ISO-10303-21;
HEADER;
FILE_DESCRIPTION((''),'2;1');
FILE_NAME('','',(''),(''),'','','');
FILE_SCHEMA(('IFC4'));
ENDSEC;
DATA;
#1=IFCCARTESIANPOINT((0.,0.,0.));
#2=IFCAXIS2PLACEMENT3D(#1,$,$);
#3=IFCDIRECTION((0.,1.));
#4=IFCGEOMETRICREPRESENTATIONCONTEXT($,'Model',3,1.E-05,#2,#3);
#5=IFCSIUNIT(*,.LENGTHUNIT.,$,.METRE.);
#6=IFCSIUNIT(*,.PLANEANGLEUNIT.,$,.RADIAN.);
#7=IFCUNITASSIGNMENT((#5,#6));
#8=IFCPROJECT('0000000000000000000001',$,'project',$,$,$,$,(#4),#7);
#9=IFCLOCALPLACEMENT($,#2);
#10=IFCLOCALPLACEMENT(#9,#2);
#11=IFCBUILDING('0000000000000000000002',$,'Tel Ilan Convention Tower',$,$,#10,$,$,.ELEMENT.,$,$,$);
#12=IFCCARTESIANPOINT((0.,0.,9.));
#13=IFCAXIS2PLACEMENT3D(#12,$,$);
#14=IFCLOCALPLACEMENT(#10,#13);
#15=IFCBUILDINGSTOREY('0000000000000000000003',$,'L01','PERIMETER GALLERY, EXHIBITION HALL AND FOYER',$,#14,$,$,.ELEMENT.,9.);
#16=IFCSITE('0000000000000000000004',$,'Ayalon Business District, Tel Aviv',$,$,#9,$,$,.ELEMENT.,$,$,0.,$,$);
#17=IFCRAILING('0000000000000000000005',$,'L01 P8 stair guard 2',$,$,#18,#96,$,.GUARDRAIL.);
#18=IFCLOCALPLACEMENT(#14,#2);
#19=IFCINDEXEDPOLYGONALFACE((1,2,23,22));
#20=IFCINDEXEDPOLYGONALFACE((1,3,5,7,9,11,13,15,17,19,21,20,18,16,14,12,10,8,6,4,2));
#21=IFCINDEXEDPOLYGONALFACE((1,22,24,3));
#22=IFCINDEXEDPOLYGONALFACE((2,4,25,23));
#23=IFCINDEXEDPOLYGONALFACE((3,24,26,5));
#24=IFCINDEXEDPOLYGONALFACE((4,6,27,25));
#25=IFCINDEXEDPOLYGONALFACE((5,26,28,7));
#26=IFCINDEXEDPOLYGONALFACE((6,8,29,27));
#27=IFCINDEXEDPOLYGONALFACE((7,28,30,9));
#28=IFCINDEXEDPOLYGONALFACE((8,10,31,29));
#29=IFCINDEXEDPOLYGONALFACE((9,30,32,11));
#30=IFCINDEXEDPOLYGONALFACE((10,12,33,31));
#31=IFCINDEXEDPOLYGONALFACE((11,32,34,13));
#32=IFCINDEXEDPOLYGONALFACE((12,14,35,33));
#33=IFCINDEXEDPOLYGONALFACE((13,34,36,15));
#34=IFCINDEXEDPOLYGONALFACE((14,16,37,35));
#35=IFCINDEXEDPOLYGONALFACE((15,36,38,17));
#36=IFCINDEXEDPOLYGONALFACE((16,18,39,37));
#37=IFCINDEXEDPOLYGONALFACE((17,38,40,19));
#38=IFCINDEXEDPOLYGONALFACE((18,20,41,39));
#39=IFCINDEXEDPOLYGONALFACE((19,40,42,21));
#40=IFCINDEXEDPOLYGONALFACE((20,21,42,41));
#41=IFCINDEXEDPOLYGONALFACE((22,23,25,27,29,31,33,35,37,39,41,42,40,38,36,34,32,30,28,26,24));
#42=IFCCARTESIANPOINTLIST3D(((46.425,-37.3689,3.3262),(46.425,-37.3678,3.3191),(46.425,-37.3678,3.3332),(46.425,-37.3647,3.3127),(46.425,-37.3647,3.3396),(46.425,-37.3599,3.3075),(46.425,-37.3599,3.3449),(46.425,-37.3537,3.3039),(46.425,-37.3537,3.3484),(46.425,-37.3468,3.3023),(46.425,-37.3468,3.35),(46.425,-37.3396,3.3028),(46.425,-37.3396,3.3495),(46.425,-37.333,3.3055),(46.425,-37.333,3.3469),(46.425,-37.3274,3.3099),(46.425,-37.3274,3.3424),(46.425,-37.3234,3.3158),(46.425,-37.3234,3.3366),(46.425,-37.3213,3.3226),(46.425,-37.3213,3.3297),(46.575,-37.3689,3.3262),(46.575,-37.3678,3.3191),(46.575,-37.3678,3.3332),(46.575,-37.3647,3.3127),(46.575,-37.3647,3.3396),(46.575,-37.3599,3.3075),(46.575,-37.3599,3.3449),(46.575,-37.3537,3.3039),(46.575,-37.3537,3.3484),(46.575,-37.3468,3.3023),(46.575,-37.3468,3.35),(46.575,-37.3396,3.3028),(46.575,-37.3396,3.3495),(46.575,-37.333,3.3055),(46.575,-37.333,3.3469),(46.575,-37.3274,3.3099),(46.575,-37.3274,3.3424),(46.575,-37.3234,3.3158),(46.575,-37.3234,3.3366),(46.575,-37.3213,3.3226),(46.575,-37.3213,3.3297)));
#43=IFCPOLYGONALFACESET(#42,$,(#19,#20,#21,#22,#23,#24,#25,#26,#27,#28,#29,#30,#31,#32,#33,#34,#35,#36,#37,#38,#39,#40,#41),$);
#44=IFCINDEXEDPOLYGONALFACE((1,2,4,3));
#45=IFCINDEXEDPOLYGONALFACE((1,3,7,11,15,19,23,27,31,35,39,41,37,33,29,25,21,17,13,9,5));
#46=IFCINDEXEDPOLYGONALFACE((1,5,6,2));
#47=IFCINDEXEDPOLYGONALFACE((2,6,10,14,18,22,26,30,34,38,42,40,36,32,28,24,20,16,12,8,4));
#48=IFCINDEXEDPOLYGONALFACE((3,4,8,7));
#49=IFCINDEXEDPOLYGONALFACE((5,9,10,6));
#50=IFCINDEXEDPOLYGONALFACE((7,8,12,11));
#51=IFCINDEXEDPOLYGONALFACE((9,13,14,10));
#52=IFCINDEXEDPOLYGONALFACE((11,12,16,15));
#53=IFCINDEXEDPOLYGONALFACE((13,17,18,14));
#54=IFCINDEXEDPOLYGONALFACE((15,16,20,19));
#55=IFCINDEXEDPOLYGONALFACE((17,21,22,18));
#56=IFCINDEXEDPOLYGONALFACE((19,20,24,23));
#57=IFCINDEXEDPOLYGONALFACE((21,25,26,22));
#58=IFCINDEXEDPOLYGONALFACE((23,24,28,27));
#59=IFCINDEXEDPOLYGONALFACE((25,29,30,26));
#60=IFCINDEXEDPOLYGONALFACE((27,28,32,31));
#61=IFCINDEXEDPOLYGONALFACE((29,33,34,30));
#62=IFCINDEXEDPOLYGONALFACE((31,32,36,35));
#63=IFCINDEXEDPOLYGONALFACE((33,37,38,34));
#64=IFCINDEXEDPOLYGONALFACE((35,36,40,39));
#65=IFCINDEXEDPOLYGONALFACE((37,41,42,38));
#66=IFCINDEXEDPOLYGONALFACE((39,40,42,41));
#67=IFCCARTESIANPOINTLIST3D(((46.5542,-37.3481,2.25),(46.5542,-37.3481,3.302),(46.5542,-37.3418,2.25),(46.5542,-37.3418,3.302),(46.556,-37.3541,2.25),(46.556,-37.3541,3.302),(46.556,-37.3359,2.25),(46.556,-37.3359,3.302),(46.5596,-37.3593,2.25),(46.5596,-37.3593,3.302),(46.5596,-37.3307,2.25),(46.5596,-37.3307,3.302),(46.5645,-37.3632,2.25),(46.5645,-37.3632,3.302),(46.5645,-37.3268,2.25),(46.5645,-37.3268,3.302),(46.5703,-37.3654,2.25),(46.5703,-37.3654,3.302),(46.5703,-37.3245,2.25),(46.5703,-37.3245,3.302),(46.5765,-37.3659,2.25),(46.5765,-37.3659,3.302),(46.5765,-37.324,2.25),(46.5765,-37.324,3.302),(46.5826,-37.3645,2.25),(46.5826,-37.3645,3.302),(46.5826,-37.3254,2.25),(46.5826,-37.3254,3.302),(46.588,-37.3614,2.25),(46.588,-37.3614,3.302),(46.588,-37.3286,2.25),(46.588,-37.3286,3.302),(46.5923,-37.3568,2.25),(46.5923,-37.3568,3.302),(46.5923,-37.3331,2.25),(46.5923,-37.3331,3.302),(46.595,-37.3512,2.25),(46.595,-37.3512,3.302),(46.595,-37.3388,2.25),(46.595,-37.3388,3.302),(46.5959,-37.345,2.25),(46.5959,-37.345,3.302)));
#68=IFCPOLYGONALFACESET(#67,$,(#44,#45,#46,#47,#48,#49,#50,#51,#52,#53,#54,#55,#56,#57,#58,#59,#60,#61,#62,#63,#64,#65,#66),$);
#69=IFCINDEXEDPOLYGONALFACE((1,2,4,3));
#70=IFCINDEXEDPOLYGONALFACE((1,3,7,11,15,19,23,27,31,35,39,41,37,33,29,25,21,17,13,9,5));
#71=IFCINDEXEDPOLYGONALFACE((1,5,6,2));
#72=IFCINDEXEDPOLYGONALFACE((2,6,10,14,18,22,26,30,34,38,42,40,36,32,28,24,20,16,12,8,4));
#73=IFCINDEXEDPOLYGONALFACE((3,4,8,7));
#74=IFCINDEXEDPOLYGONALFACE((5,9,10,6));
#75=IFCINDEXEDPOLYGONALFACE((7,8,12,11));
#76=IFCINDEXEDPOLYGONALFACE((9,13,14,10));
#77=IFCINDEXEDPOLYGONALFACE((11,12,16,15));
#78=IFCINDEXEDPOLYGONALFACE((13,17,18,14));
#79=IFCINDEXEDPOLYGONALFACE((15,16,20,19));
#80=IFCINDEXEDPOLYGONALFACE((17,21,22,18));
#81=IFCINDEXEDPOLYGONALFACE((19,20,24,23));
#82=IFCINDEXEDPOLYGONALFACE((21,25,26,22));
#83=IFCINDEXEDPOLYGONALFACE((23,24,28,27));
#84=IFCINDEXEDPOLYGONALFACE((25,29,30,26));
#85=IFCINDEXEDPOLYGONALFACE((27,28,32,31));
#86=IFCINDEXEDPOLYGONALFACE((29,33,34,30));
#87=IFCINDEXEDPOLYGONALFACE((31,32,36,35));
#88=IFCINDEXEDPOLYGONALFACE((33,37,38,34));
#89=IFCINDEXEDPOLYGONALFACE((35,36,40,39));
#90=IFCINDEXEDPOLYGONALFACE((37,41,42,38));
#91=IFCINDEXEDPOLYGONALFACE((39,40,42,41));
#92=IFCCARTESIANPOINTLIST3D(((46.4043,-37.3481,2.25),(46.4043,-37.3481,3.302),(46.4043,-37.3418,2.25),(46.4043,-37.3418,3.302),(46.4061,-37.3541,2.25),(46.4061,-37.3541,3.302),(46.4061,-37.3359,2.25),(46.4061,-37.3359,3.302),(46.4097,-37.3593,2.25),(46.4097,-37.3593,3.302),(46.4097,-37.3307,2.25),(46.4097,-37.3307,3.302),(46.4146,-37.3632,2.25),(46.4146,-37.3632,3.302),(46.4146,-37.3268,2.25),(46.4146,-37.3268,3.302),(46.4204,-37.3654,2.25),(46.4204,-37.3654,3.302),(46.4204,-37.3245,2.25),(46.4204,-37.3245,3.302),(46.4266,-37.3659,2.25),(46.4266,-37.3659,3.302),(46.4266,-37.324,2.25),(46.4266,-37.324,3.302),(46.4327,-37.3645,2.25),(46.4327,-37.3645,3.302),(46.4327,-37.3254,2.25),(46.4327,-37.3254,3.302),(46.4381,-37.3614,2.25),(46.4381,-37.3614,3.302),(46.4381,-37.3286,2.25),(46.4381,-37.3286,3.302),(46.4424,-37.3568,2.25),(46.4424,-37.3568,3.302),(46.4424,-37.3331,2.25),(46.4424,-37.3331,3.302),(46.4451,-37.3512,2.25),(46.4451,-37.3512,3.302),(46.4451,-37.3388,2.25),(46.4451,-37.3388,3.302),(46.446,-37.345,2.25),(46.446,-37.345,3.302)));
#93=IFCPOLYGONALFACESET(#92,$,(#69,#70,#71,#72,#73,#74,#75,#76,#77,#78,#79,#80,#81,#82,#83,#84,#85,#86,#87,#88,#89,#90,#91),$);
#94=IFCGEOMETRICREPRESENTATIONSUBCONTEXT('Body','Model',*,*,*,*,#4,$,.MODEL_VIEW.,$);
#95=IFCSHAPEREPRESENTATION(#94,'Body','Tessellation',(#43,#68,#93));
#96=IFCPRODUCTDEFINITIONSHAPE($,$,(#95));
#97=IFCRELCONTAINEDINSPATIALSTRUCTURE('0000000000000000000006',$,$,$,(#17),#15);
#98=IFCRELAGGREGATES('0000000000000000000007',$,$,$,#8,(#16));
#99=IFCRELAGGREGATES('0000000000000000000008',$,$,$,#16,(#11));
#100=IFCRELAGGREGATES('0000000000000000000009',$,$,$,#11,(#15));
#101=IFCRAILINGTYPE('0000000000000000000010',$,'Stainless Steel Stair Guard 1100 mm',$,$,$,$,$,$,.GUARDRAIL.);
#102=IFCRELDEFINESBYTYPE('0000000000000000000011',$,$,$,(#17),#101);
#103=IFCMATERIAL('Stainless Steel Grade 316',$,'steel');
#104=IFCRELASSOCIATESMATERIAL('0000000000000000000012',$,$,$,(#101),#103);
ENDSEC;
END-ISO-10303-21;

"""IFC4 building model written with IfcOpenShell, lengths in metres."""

from ifc_helpers import new_model, si_unit, direction, frame, origin, origin_2d, place, context, subcontext, project, spatial, circle, extrude, material, type_object, element, save


model = new_model("IFC4")

# Units and contexts
model_context = context("Model", 3, precision=1e-05, world=origin(), true_north=direction((0.0, 1.0)))
body_context = subcontext(model_context, "Body", "Model", "MODEL_VIEW")
ifc_project = project(units=[si_unit("LENGTHUNIT", "METRE"), si_unit("PLANEANGLEUNIT", "RADIAN")], contexts=[model_context])

# Site, building, storey
site_placement = place(None, origin())
site = spatial("IfcSite", under=ifc_project, at=site_placement, Name="Ayalon Business District, Tel Aviv", CompositionType="ELEMENT", RefElevation=0.0)
building_placement = place(site_placement, origin())
building = spatial("IfcBuilding", under=site, at=building_placement, Name="Tel Ilan Convention Tower", CompositionType="ELEMENT")
storey_placement = place(building_placement, frame((0.0, 0.0, 9.0)))
storey = spatial("IfcBuildingStorey", under=building, at=storey_placement, Name="L01", Description="PERIMETER GALLERY, EXHIBITION HALL AND FOYER", CompositionType="ELEMENT", Elevation=9.0)

# Railing
ifc_material_1 = material(Name="Stainless Steel Grade 316", Category="steel")
railing_type_1 = type_object("IfcRailingType", Name="Stainless Steel Stair Guard 1100 mm", PredefinedType="GUARDRAIL", material=ifc_material_1)
railing_1_placement = place(storey_placement, frame((46.575, -37.345, 2.25)))
element("IfcRailing", 1, at=railing_1_placement, inside=storey, type_object=railing_type_1, Name="L01 P8 stair guard 2", PredefinedType="GUARDRAIL", context=body_context, shape_type="SweptSolid", body=[
    extrude(circle(Radius=0.0239, at=origin_2d()), frame((0.0, 0.0, 1.0762), z_axis=(-1.0, 0.0, 0.0), x_axis=(0.0, -1.0, 0.0)), (0.0, 0.0, 1.0), 0.1499),
    extrude(circle(Radius=0.021, at=origin_2d()), origin(), (0.0, 0.0, 1.0), 1.052),
    extrude(circle(Radius=0.021, at=origin_2d()), frame((-0.1499, 0.0, 0.0)), (0.0, 0.0, 1.0), 1.052),
])

save(model, "model.ifc")
